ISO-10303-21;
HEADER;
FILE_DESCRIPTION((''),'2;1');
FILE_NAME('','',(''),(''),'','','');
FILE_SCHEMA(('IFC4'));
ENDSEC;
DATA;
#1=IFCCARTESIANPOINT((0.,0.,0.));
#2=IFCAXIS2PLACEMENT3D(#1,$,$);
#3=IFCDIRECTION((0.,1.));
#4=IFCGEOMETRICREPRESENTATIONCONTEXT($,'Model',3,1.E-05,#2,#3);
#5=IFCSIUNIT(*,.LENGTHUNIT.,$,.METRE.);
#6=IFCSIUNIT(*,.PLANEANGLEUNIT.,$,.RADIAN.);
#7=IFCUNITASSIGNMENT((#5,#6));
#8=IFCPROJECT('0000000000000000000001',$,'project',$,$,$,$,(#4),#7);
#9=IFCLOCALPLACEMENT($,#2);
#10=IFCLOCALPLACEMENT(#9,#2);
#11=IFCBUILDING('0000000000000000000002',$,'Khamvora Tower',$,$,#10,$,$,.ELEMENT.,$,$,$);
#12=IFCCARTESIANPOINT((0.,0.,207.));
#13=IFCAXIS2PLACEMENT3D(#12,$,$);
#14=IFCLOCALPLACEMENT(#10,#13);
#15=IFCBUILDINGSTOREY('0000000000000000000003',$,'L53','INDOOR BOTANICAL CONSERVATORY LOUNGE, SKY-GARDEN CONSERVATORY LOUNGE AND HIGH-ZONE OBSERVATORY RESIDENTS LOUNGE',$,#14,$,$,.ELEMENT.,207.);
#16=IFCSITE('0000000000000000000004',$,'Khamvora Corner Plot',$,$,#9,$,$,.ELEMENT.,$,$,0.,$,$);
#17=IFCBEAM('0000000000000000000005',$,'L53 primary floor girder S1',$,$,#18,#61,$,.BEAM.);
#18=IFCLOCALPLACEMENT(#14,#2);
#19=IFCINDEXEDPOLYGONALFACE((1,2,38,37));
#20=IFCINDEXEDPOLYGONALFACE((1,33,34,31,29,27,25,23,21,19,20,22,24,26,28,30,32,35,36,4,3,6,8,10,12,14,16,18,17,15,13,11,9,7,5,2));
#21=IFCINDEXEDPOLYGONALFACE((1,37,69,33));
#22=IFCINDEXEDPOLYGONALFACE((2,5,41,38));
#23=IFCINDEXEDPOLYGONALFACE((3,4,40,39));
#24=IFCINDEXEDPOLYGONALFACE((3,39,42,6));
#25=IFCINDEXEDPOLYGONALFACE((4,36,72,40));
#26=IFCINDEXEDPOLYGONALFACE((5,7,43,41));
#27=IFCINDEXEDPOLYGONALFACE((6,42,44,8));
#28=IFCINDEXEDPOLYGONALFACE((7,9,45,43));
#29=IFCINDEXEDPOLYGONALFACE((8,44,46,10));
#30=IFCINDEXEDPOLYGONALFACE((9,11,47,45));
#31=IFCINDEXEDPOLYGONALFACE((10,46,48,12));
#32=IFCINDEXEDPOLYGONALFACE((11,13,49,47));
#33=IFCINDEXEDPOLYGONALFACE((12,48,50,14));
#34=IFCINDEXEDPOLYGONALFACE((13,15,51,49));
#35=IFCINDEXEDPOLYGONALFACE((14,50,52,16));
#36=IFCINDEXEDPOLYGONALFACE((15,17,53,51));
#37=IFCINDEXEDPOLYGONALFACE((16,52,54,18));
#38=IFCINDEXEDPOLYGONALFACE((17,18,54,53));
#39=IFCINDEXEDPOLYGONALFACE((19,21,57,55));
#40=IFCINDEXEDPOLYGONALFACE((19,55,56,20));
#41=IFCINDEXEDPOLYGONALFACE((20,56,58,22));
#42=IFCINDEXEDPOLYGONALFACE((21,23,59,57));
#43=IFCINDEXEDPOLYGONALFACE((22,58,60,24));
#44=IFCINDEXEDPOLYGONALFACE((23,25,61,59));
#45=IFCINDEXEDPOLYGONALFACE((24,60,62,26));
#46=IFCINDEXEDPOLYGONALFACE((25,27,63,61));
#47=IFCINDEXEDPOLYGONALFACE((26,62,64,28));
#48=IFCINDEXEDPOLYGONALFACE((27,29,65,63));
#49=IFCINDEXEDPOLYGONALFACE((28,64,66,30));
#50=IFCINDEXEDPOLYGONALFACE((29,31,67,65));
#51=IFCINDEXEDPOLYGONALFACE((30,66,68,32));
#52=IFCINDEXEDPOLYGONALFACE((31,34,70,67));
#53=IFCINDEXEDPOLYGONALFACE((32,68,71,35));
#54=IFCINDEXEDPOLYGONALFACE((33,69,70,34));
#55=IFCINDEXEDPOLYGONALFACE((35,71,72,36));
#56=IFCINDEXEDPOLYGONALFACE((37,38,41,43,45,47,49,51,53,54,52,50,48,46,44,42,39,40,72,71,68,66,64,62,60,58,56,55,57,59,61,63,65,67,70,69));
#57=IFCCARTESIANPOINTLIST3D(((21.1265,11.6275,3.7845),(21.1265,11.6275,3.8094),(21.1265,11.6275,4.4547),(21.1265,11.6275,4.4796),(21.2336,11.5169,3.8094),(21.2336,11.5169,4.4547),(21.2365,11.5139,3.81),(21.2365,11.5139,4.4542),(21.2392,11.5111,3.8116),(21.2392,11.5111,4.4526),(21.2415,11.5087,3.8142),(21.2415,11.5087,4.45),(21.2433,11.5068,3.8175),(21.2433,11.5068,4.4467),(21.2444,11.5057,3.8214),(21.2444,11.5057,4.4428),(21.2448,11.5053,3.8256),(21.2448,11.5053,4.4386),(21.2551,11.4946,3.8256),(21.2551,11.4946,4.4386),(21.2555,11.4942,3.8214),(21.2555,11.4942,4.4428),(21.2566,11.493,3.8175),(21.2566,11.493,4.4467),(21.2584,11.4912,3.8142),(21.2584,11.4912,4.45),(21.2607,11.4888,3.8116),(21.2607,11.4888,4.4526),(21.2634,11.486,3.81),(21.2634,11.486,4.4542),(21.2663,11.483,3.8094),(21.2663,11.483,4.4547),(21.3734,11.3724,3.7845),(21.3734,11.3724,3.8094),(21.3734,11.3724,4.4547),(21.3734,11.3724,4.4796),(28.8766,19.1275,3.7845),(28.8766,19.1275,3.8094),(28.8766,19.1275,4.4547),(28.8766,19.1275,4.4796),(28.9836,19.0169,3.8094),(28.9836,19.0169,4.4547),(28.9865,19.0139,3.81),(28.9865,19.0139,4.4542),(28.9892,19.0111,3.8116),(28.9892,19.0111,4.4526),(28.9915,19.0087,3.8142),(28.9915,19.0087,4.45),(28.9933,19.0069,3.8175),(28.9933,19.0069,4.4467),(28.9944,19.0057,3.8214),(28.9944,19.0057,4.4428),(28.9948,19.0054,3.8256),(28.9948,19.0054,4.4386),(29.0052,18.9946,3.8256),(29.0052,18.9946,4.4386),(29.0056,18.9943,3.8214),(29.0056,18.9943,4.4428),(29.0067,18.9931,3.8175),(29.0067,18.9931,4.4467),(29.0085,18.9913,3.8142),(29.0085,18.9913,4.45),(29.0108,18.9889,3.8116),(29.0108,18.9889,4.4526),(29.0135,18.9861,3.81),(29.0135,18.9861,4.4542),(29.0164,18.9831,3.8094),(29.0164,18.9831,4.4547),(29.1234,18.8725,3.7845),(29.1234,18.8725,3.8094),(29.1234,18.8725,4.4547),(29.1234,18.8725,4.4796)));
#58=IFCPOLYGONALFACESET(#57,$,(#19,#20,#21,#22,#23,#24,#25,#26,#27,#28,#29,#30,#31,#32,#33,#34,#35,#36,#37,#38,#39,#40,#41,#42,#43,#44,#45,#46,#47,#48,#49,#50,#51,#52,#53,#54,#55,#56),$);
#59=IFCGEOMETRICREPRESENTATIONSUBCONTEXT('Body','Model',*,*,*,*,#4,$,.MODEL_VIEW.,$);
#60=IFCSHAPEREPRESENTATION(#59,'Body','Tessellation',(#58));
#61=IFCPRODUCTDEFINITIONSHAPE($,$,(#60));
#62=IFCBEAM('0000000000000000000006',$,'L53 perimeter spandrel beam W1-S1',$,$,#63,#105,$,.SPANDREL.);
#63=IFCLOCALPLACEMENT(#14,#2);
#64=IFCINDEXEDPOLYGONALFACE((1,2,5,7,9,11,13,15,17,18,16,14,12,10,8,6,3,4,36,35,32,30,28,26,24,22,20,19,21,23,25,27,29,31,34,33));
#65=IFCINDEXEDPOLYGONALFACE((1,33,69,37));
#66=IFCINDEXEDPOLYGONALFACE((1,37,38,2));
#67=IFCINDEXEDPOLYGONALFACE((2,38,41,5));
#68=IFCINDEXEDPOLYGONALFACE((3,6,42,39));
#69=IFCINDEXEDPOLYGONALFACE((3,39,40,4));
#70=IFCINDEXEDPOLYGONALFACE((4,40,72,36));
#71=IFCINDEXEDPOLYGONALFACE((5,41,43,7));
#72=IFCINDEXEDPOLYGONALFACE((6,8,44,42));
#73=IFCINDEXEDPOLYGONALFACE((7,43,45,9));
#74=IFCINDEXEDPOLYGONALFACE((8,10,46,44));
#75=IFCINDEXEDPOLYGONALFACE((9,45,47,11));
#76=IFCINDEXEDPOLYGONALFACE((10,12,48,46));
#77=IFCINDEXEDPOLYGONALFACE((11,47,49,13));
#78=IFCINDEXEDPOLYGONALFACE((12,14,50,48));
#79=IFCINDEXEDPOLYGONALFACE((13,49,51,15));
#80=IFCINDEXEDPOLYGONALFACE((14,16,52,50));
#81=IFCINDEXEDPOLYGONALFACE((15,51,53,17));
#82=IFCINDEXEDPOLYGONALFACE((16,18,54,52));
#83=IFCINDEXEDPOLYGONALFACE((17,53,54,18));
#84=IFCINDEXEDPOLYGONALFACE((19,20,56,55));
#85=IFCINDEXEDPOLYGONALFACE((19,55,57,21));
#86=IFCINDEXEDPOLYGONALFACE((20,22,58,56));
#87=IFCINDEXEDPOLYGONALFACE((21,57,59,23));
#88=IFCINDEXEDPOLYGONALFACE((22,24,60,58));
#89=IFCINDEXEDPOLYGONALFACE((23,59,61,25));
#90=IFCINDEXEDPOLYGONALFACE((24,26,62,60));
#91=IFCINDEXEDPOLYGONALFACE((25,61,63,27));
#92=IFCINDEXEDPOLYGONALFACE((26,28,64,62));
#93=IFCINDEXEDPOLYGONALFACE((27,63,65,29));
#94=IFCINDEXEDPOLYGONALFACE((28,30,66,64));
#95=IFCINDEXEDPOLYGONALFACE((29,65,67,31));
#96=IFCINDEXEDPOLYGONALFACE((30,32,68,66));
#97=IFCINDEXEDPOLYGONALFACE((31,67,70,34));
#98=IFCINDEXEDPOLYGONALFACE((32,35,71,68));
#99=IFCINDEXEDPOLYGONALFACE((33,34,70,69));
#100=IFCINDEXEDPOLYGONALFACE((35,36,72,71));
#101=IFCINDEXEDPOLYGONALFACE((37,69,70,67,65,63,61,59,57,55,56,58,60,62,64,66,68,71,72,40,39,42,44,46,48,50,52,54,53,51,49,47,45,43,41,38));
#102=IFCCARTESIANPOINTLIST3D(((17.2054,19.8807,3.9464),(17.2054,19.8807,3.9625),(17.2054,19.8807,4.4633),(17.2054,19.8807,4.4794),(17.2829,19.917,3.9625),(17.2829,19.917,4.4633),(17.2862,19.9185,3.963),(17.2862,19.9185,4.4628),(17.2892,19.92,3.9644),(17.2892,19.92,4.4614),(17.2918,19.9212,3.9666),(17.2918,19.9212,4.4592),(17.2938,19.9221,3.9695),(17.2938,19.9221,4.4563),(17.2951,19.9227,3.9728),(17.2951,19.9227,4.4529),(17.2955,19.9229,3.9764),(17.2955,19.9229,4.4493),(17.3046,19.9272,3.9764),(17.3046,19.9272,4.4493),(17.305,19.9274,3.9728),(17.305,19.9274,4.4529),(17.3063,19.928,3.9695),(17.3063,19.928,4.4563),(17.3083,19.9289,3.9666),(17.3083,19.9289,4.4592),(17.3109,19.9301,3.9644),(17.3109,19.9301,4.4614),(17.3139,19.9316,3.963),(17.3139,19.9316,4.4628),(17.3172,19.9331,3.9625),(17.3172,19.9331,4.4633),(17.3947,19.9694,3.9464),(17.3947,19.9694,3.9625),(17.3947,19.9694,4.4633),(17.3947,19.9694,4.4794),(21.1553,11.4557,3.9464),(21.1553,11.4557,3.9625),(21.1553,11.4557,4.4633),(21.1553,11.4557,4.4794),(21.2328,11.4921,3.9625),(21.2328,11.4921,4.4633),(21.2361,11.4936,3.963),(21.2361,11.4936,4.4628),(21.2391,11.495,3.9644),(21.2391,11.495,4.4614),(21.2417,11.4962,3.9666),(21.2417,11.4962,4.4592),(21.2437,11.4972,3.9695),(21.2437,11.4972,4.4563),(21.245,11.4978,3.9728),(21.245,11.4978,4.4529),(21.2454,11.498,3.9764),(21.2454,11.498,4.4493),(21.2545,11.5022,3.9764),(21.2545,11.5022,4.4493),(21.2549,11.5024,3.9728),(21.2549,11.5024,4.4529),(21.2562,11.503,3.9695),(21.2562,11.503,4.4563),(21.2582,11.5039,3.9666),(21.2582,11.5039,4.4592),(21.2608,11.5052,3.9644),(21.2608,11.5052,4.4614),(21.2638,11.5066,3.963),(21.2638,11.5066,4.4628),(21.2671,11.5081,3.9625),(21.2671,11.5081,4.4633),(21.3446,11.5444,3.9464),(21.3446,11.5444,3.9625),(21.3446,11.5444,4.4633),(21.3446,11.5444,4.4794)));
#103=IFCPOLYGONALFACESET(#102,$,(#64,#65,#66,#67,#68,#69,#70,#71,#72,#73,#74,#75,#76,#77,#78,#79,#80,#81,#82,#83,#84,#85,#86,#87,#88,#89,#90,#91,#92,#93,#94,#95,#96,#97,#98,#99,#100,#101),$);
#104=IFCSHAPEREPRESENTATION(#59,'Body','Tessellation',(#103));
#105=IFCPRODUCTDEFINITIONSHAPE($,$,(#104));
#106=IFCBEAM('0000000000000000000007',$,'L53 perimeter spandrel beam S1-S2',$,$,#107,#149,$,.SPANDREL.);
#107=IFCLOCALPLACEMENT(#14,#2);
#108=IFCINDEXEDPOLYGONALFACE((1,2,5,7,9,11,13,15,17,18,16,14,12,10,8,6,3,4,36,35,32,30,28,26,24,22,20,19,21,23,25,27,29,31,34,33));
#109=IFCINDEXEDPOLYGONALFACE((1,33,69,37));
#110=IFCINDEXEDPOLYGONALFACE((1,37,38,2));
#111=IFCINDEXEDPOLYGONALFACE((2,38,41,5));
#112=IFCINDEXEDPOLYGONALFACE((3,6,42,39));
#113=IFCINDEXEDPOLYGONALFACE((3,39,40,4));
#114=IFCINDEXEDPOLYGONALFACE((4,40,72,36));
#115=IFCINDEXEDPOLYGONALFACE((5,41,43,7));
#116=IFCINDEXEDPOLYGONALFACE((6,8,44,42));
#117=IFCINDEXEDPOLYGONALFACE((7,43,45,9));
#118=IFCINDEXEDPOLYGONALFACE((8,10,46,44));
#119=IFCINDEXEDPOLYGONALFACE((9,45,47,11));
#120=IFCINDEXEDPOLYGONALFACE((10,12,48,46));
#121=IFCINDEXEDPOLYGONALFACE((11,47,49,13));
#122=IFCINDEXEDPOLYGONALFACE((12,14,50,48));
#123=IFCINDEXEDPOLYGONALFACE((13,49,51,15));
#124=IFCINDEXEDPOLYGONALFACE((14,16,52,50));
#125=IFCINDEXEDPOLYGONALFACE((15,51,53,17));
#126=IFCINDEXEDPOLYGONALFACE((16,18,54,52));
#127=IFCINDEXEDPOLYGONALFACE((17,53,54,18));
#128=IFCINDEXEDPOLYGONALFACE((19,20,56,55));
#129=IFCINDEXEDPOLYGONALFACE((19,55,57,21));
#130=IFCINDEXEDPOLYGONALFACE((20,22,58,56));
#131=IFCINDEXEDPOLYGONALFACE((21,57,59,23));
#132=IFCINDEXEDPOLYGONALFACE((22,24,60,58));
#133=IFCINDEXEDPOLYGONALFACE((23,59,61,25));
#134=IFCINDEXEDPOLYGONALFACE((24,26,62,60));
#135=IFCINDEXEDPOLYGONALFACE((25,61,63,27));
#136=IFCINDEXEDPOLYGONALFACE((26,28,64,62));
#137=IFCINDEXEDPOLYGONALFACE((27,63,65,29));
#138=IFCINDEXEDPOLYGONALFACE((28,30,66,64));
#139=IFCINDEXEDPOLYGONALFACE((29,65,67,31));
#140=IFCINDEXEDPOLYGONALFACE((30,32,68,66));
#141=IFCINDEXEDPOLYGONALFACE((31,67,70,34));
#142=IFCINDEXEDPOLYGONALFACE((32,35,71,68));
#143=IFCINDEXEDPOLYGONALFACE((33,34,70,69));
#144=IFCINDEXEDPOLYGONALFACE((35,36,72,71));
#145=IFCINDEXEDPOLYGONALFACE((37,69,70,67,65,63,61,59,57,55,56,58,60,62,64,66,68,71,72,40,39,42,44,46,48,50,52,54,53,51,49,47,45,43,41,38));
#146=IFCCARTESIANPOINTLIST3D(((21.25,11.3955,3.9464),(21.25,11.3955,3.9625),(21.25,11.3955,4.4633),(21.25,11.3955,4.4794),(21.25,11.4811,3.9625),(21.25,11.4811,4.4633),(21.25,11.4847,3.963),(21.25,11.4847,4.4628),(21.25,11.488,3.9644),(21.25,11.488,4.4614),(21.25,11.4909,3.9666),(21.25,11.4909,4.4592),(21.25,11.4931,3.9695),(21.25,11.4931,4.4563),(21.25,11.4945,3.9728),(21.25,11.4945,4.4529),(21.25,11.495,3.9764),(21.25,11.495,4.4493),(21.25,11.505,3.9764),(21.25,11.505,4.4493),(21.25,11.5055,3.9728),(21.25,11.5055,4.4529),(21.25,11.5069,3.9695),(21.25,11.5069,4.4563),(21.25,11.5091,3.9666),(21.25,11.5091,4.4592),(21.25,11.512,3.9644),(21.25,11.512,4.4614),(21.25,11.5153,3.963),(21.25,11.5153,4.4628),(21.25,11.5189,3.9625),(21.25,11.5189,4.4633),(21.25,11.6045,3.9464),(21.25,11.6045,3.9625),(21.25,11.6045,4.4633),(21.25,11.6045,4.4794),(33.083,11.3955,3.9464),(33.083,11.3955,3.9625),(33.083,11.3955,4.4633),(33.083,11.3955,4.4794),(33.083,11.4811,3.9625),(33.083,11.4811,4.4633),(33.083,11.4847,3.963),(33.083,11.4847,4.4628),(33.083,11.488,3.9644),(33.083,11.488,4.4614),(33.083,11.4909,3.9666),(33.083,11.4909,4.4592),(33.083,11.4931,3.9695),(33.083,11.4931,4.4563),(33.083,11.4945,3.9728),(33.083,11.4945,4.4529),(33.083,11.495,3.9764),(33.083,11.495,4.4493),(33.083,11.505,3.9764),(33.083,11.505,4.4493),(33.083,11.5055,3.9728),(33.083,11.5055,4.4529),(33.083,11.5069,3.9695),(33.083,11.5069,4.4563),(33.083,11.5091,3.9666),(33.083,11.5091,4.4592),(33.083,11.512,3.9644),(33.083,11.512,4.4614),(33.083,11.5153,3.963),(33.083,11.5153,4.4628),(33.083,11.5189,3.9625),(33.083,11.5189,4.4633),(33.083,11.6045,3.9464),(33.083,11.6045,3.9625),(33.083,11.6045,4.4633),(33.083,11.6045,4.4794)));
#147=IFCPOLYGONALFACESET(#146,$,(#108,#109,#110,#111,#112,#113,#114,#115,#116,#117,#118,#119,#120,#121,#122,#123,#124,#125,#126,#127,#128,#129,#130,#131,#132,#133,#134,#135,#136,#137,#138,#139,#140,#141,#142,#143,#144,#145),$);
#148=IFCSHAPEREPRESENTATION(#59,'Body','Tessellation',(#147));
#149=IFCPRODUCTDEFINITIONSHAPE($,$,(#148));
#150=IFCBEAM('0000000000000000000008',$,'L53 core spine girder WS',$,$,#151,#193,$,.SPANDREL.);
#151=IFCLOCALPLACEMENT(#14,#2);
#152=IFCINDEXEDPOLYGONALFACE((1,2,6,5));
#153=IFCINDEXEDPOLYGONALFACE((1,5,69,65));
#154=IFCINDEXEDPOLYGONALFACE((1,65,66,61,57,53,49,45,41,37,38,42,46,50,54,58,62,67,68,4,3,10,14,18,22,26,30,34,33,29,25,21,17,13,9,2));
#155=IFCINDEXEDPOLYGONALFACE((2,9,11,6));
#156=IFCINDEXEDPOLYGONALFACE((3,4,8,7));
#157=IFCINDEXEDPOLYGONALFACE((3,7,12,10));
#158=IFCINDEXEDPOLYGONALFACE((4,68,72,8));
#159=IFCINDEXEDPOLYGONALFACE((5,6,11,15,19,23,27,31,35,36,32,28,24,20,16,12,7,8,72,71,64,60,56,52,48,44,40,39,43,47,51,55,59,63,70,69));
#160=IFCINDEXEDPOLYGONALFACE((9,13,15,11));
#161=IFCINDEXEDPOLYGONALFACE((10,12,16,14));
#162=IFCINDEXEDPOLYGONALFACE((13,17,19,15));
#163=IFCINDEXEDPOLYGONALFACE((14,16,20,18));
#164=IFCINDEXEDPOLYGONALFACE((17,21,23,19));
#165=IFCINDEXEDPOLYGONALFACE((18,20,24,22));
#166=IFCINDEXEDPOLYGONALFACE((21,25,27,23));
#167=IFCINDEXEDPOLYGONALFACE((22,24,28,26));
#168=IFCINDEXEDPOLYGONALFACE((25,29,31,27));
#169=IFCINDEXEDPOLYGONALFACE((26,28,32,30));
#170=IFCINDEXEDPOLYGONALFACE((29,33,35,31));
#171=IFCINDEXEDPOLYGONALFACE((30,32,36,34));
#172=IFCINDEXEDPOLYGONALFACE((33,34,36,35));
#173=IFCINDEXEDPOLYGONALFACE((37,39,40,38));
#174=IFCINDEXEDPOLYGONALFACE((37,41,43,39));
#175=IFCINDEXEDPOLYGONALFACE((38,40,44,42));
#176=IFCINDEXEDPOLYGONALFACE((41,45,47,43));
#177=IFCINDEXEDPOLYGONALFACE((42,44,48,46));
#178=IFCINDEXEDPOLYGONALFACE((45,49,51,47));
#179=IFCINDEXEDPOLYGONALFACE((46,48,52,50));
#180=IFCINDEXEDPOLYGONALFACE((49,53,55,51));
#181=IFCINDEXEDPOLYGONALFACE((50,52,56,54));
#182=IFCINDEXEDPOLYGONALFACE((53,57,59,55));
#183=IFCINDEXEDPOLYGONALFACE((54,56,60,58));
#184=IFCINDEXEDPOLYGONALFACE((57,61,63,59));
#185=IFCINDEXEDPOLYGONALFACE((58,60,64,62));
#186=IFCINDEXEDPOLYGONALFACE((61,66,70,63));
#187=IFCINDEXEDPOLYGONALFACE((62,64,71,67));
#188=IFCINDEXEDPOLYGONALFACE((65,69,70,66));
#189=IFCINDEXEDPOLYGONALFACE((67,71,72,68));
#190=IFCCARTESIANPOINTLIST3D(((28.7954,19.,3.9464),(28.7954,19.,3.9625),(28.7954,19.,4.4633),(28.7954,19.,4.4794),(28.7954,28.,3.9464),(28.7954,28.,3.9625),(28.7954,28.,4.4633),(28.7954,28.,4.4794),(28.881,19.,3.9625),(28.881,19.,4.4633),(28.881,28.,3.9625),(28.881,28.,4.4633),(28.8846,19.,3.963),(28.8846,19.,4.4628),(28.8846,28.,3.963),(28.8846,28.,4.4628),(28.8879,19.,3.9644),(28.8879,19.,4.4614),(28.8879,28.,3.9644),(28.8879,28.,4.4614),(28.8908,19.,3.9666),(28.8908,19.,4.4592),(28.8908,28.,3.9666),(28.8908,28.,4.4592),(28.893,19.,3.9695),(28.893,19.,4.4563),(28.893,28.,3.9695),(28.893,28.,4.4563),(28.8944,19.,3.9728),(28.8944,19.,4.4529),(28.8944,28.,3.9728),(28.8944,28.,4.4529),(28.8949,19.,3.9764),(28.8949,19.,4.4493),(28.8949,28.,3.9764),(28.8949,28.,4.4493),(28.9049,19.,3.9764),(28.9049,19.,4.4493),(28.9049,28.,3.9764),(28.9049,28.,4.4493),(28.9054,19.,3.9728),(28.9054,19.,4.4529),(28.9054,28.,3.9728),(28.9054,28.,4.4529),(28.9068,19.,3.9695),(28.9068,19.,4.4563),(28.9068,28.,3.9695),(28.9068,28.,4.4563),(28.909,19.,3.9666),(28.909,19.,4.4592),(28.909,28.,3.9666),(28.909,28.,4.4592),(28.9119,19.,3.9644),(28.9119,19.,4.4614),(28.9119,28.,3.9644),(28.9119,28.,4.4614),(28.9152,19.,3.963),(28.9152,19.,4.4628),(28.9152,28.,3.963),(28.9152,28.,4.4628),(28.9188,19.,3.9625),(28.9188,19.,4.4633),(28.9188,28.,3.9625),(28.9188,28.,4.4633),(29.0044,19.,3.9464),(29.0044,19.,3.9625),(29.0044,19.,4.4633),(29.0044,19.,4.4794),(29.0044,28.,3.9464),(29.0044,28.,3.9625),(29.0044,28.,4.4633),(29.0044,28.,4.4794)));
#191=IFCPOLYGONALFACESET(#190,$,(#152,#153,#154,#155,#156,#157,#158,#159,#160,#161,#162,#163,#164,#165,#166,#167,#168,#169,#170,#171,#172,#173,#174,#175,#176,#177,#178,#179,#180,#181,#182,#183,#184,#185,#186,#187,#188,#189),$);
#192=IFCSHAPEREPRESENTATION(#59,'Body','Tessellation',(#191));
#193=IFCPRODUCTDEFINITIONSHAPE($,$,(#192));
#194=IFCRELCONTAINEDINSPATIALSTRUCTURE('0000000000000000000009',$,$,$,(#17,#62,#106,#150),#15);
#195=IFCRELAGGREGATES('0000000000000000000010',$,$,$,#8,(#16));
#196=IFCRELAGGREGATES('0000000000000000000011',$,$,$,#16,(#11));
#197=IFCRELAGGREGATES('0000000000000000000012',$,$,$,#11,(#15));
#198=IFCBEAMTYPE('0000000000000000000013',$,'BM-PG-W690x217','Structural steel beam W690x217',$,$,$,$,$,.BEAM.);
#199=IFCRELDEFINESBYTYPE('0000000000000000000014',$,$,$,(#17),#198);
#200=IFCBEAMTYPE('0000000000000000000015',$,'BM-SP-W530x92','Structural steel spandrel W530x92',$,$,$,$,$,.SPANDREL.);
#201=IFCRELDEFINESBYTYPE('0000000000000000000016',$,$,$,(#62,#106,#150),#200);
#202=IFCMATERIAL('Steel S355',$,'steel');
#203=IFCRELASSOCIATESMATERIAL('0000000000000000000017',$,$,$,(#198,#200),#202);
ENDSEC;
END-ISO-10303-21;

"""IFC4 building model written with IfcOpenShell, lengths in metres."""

from ifc_helpers import new_model, si_unit, direction, frame, origin, origin_2d, place, context, subcontext, project, spatial, i_section, extrude, material, material_profile, profile_set, type_object, element, save


model = new_model("IFC4")

# Units and contexts
model_context = context("Model", 3, precision=1e-05, world=origin(), true_north=direction((0.0, 1.0)))
body_context = subcontext(model_context, "Body", "Model", "MODEL_VIEW")
ifc_project = project(units=[si_unit("LENGTHUNIT", "METRE"), si_unit("PLANEANGLEUNIT", "RADIAN")], contexts=[model_context])

# Site, building, storey
site_placement = place(None, origin())
site = spatial("IfcSite", under=ifc_project, at=site_placement, Name="Khamvora Corner Plot", CompositionType="ELEMENT", RefElevation=0.0)
building_placement = place(site_placement, origin())
building = spatial("IfcBuilding", under=site, at=building_placement, Name="Khamvora Tower", CompositionType="ELEMENT")
storey_placement = place(building_placement, frame((0.0, 0.0, 207.0)))
storey = spatial("IfcBuildingStorey", under=building, at=storey_placement, Name="L53", Description="INDOOR BOTANICAL CONSERVATORY LOUNGE, SKY-GARDEN CONSERVATORY LOUNGE AND HIGH-ZONE OBSERVATORY RESIDENTS LOUNGE", CompositionType="ELEMENT", Elevation=207.0)

# Shared definitions
ifc_material_1 = material(Name="Steel S355", Category="steel")

# Beams
ifc_material_profile_1 = material_profile(ifc_material_1, i_section(OverallWidth=0.355, OverallDepth=0.6951, WebThickness=0.0149, FlangeThickness=0.0249, FilletRadius=0.0161, at=origin_2d()), Name="W690x217")
ifc_profile_set_1 = profile_set([ifc_material_profile_1], Name="Steel S355")
beam_type_1 = type_object("IfcBeamType", Name="BM-PG-W690x217", Description="Structural steel beam W690x217", PredefinedType="BEAM", material=ifc_profile_set_1)
beam_1_placement = place(storey_placement, frame((29.0, 19.0, 4.1321), z_axis=(-0.718602, -0.695421, 0.0), x_axis=(0.695421, -0.718602, 0.0)))
element("IfcBeam", 1, at=beam_1_placement, inside=storey, type_object=beam_type_1, Name="L53 primary floor girder S1", PredefinedType="BEAM", context=body_context, shape_type="SweptSolid", body=[
    extrude(i_section(OverallWidth=0.355, OverallDepth=0.6951, WebThickness=0.0149, FlangeThickness=0.0249, FilletRadius=0.0161, at=origin_2d()), origin(), (0.0, 0.0, 1.0), 10.7849),
])
ifc_material_profile_2 = material_profile(ifc_material_1, i_section(OverallWidth=0.209, OverallDepth=0.533, WebThickness=0.01, FlangeThickness=0.0161, FilletRadius=0.0139, at=origin_2d()), Name="W530x92")
ifc_profile_set_2 = profile_set([ifc_material_profile_2], Name="Steel S355")
beam_type_2 = type_object("IfcBeamType", Name="BM-SP-W530x92", Description="Structural steel spandrel W530x92", PredefinedType="SPANDREL", material=ifc_profile_set_2)
beam_2_placement = place(storey_placement, frame((17.3, 19.925, 4.2129), z_axis=(0.424496, -0.90543, 0.0), x_axis=(0.90543, 0.424496, 0.0)))
element("IfcBeam", 2, at=beam_2_placement, inside=storey, type_object=beam_type_2, Name="L53 perimeter spandrel beam W1-S1", PredefinedType="SPANDREL", context=body_context, shape_type="SweptSolid", body=[
    extrude(i_section(OverallWidth=0.209, OverallDepth=0.533, WebThickness=0.01, FlangeThickness=0.0161, FilletRadius=0.0139, at=origin_2d()), origin(), (0.0, 0.0, 1.0), 9.3049),
])
beam_3_placement = place(storey_placement, frame((21.25, 11.5, 4.2129), z_axis=(1.0, 0.0, 0.0), x_axis=(0.0, 1.0, 0.0)))
element("IfcBeam", 3, at=beam_3_placement, inside=storey, type_object=beam_type_2, Name="L53 perimeter spandrel beam S1-S2", PredefinedType="SPANDREL", context=body_context, shape_type="SweptSolid", body=[
    extrude(i_section(OverallWidth=0.209, OverallDepth=0.533, WebThickness=0.01, FlangeThickness=0.0161, FilletRadius=0.0139, at=origin_2d()), origin(), (0.0, 0.0, 1.0), 11.833),
])
for number, where, z_axis, x_axis, name in (
    (4, (28.8999, 19.0, 4.2129), (0.0, 1.0, 0.0), (-1.0, 0.0, 0.0), "L53 core spine girder WS"),
):
    element("IfcBeam", number, at=place(storey_placement, frame(where, z_axis=z_axis, x_axis=x_axis)), inside=storey, type_object=beam_type_2, Name=name, PredefinedType="SPANDREL", context=body_context, shape_type="SweptSolid", body=[
        extrude(i_section(OverallWidth=0.209, OverallDepth=0.533, WebThickness=0.01, FlangeThickness=0.0161, FilletRadius=0.0139, at=origin_2d()), origin(), (0.0, 0.0, 1.0), 9.0),
    ])

save(model, "model.ifc")
